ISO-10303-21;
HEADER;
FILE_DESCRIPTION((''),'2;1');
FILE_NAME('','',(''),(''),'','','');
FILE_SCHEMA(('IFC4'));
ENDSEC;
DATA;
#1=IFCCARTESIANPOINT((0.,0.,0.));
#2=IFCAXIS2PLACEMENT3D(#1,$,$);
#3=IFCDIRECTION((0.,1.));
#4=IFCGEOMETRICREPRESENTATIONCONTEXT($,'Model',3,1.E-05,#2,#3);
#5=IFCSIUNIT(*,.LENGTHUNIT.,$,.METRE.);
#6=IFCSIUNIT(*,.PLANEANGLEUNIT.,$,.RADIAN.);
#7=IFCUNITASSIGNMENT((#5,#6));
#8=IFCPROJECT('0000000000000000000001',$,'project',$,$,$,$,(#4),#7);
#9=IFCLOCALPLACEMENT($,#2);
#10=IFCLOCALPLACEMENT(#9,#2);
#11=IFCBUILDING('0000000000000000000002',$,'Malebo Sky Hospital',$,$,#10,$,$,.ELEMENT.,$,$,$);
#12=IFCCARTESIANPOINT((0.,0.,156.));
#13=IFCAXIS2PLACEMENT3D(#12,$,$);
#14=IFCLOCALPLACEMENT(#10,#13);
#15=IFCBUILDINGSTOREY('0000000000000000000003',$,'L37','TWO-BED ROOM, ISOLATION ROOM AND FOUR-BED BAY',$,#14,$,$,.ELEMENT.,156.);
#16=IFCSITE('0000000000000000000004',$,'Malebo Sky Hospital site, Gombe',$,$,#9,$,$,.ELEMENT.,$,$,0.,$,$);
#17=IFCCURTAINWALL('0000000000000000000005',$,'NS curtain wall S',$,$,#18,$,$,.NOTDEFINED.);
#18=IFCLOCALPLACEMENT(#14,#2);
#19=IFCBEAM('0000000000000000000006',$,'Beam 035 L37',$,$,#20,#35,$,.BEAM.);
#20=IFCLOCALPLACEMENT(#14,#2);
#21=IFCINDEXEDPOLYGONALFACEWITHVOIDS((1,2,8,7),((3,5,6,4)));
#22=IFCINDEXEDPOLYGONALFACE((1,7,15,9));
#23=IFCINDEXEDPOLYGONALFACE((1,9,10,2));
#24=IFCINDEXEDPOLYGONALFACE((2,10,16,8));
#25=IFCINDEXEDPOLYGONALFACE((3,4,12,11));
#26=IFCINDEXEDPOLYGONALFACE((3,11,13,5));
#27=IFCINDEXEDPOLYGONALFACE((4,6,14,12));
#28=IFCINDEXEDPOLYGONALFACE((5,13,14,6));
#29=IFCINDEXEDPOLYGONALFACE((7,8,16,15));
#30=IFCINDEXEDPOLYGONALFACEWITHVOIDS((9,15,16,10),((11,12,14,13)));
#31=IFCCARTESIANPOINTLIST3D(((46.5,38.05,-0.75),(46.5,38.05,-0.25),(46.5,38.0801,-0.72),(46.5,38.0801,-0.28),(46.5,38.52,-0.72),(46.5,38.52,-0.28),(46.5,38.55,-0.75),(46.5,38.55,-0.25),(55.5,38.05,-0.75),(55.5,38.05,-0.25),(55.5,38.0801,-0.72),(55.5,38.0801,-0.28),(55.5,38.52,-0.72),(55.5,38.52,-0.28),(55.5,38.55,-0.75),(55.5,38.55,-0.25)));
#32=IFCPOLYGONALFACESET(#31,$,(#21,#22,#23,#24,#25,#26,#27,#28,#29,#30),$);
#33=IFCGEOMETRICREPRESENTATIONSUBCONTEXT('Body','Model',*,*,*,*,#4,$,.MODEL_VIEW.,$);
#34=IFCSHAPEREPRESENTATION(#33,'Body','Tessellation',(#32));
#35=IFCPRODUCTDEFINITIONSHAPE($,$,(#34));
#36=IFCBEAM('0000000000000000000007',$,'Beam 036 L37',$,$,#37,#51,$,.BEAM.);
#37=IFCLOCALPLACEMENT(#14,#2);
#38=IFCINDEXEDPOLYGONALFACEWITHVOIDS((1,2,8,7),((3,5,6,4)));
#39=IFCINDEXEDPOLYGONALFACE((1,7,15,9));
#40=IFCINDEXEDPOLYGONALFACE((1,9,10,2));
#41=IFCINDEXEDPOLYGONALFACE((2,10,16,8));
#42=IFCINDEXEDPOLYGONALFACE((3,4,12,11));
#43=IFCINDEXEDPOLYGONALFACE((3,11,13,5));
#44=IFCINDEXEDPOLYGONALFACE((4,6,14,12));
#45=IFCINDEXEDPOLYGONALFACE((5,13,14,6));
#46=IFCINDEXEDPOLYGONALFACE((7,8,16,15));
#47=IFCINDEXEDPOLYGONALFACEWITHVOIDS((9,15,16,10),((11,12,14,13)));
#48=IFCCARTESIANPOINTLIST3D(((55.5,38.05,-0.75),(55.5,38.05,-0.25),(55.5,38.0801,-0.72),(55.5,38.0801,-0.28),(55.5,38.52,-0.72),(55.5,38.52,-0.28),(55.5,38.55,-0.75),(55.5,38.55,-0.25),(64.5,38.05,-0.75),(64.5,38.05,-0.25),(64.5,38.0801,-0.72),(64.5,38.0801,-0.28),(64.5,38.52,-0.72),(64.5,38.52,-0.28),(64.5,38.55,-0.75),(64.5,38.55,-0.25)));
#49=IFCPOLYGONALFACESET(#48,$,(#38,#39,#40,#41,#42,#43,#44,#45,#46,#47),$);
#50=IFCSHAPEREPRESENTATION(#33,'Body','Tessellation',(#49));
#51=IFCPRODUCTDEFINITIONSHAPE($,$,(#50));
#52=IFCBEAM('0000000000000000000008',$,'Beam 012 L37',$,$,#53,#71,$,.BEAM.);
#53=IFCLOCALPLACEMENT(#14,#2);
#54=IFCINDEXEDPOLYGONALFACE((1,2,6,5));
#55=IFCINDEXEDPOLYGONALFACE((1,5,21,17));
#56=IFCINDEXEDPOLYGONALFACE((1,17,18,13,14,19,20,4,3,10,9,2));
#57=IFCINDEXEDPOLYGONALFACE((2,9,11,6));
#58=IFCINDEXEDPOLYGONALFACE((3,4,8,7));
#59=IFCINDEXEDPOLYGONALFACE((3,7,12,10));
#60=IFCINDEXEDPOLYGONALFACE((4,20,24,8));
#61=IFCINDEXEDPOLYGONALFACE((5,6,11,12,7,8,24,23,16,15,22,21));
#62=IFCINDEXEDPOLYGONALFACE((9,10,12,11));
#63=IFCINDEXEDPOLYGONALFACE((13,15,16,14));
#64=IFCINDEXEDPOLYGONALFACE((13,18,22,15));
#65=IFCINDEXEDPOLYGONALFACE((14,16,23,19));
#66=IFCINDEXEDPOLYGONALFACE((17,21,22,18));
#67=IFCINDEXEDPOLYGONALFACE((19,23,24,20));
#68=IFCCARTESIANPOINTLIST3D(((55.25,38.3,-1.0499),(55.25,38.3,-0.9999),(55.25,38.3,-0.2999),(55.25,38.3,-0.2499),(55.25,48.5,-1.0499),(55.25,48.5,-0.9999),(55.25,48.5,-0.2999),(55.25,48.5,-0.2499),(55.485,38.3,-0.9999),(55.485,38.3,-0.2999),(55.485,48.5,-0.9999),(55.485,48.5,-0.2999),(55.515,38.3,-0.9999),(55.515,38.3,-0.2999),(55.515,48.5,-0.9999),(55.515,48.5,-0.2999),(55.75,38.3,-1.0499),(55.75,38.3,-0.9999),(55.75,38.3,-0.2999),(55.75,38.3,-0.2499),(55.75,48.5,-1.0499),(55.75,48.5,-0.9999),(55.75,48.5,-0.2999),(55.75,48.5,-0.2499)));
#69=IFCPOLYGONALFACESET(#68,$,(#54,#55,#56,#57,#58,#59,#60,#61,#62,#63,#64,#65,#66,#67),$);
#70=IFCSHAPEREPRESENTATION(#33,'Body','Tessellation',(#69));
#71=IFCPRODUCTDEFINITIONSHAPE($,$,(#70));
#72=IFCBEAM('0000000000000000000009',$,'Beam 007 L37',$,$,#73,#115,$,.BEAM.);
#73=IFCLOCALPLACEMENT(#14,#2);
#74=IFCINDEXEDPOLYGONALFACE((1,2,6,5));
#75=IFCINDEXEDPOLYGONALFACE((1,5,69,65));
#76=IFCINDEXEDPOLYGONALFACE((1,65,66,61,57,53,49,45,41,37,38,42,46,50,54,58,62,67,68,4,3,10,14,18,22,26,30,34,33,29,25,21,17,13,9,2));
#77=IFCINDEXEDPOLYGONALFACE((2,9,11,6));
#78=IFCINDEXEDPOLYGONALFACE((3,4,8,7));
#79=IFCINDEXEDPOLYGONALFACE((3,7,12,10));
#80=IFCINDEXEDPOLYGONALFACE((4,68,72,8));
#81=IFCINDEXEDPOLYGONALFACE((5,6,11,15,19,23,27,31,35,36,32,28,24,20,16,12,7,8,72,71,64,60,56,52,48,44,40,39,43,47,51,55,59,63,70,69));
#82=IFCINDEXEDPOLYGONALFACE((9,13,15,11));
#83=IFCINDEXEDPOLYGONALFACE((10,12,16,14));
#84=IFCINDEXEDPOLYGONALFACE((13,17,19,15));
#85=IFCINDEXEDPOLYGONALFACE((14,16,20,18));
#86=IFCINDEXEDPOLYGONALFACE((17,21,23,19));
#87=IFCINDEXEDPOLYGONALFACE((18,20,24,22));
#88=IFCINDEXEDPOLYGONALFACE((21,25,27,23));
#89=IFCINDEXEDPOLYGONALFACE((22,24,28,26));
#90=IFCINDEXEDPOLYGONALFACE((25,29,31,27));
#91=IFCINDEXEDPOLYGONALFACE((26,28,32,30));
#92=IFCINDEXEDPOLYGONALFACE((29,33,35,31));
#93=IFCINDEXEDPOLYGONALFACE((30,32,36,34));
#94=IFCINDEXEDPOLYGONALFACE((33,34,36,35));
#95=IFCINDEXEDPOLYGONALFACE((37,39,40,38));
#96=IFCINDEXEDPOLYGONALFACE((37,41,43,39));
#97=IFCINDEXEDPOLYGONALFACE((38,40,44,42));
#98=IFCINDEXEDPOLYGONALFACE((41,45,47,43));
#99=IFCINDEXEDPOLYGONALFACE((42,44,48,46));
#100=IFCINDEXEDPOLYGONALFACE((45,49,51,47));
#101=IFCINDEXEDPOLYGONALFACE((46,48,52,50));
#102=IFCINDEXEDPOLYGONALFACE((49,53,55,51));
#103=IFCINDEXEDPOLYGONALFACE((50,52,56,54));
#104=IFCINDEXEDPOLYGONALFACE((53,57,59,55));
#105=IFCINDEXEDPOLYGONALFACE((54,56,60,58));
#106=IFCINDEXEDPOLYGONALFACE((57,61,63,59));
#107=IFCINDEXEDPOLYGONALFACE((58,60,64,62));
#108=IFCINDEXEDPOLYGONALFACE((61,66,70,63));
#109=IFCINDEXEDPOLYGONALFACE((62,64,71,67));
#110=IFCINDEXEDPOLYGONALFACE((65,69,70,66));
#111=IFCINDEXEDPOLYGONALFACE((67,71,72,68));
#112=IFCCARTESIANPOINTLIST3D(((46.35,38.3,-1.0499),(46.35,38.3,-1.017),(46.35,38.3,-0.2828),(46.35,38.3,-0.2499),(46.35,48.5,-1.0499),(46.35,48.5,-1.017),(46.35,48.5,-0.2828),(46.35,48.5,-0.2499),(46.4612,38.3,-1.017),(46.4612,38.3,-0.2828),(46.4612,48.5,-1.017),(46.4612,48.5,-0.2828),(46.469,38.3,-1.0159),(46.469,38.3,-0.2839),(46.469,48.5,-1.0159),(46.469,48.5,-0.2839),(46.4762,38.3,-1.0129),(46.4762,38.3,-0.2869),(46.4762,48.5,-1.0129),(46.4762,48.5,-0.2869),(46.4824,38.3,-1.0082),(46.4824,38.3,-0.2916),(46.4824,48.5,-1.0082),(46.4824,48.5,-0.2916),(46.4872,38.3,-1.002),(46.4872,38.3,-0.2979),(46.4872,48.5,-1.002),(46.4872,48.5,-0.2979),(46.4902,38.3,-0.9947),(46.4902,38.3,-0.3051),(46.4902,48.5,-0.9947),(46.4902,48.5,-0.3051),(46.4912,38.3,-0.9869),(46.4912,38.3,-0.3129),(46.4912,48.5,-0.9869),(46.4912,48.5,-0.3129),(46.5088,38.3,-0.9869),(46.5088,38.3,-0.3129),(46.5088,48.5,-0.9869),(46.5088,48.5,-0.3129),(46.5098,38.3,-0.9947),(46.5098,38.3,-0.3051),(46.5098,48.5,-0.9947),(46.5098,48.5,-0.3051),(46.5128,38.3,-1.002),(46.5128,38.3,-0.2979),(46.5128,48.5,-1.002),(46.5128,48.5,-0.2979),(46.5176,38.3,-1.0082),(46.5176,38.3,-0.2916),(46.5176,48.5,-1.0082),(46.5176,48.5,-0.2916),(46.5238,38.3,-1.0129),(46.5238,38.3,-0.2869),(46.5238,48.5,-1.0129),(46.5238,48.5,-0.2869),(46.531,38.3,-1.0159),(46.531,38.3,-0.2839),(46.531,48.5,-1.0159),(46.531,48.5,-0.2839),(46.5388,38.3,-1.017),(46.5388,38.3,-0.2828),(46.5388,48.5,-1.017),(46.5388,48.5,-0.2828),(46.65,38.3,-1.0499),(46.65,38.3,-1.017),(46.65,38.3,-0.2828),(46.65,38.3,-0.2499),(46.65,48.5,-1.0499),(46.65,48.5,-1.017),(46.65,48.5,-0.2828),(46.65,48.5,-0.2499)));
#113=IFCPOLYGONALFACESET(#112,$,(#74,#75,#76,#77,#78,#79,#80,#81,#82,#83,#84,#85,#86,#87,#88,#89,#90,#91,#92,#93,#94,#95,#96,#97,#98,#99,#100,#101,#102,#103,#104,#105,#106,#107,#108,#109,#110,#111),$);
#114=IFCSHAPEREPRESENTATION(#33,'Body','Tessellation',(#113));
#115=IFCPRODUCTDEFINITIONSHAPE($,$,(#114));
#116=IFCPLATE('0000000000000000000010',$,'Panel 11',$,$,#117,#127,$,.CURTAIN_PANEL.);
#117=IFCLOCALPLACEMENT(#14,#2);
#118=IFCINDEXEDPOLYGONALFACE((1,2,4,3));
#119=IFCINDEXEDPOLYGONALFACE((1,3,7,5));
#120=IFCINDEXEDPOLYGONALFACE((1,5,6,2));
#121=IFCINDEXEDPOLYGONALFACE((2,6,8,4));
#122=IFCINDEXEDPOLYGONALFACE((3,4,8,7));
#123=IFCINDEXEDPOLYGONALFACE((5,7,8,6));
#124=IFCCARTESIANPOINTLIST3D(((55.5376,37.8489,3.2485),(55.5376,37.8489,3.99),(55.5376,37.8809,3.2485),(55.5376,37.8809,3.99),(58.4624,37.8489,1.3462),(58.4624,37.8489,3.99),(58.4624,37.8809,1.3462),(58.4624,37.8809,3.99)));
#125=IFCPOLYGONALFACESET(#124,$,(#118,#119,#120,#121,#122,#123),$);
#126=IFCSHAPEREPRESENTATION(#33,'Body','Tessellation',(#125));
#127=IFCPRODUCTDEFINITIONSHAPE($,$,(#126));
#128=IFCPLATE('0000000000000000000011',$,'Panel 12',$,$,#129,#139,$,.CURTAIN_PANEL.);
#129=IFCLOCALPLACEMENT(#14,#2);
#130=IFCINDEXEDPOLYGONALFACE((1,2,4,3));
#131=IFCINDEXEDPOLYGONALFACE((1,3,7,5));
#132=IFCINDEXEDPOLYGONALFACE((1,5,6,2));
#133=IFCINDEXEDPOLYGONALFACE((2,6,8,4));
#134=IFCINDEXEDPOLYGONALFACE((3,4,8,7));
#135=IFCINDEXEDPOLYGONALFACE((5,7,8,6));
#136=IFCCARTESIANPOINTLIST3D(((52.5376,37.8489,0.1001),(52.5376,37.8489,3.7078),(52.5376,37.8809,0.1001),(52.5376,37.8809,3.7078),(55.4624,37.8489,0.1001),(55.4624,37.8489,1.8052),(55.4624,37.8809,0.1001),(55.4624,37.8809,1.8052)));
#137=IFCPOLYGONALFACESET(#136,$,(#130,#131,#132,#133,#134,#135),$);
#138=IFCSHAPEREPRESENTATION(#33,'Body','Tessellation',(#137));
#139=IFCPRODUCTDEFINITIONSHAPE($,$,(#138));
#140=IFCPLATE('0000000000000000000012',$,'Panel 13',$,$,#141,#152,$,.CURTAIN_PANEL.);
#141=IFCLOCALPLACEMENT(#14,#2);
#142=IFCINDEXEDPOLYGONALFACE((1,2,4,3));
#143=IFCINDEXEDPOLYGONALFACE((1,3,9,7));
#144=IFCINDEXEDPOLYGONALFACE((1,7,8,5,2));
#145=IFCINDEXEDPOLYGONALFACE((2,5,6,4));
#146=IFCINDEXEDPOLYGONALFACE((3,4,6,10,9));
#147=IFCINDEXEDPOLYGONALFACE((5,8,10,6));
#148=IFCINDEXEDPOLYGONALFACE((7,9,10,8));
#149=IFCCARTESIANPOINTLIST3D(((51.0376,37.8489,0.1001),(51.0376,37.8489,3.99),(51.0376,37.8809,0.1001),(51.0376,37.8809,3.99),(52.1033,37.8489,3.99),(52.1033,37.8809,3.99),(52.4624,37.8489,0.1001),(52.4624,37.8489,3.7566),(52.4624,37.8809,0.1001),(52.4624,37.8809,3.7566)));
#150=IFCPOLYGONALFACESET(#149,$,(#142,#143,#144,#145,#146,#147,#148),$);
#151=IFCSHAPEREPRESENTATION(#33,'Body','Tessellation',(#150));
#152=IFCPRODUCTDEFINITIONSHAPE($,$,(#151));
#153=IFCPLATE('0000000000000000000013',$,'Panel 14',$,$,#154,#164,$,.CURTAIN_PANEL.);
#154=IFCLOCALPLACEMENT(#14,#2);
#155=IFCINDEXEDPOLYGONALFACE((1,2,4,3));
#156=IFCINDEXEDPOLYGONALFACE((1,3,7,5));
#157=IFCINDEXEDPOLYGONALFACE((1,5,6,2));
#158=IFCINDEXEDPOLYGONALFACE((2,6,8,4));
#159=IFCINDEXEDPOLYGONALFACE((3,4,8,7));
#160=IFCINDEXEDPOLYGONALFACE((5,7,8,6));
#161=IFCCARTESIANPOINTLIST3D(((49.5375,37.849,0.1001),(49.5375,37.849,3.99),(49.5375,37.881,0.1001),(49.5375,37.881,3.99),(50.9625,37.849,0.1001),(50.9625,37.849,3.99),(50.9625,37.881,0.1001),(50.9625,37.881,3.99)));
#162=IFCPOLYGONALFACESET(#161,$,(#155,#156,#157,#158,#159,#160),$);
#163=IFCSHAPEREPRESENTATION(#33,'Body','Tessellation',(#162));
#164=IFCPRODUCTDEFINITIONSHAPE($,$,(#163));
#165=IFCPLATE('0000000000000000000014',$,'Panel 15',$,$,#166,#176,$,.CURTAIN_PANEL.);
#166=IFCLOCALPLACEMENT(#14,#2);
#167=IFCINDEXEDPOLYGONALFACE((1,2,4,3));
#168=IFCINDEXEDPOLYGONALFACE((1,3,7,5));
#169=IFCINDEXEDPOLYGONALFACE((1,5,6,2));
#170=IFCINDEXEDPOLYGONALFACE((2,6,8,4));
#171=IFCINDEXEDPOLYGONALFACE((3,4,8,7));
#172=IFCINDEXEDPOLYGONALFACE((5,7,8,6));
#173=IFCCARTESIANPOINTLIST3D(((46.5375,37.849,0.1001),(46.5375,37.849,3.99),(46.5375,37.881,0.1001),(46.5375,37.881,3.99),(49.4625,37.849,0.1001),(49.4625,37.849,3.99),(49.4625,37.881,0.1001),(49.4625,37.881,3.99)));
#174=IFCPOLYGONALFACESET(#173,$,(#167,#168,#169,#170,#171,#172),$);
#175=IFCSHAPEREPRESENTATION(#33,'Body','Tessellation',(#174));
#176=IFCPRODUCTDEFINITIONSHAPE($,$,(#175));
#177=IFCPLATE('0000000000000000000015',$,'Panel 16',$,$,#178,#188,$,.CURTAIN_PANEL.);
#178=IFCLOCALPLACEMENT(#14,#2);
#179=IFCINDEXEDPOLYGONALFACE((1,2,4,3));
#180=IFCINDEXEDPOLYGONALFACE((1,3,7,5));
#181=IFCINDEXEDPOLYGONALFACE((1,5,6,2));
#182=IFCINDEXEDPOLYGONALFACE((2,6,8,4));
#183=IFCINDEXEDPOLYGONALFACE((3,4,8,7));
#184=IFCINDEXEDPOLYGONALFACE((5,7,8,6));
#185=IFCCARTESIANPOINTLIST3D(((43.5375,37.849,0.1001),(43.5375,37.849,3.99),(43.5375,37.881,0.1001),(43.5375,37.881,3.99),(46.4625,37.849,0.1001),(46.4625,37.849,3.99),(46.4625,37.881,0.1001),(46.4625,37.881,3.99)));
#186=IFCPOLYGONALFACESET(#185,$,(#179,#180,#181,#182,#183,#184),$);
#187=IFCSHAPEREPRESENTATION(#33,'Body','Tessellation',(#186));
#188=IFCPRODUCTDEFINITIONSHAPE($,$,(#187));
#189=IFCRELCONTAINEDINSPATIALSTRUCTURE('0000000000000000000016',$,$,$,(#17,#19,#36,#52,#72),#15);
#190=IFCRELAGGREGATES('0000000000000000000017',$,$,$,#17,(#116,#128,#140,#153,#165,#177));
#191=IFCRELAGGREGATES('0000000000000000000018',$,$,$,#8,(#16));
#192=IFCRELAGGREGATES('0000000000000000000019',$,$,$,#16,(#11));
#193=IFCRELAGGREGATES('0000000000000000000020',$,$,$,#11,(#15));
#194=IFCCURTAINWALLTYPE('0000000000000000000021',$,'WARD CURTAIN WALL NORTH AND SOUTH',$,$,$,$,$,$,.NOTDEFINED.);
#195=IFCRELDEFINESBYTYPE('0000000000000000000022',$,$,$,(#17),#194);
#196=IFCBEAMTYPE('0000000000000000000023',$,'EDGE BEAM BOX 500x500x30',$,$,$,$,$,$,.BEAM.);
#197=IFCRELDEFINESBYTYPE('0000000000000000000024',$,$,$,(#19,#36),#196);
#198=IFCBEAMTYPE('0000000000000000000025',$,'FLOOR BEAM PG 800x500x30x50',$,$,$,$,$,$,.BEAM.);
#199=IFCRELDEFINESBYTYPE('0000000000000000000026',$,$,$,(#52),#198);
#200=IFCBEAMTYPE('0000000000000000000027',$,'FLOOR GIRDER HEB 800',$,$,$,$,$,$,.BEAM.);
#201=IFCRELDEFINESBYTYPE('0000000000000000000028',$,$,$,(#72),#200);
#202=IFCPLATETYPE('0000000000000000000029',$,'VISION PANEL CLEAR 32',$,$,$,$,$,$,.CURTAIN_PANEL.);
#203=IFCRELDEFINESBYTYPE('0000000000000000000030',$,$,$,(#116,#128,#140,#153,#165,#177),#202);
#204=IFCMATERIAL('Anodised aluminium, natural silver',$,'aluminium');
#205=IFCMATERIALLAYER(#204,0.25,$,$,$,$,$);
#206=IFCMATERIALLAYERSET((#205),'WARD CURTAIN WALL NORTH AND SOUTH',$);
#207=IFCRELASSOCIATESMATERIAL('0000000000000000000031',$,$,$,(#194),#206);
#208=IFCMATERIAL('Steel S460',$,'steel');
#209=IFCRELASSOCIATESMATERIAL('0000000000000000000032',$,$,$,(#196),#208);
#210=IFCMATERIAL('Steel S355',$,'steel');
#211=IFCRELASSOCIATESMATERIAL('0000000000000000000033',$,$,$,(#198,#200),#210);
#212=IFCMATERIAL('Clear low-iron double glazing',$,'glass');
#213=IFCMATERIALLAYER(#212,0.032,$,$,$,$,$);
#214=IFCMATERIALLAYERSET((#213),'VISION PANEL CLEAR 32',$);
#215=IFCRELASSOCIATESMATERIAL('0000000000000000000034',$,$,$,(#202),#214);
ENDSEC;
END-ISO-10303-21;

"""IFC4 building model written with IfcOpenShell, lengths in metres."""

from ifc_helpers import new_model, si_unit, direction, frame, origin, origin_2d, place, context, subcontext, project, spatial, polyline, rectangle, hollow_rectangle, i_section, outline, extrude, material, layer, layer_set, material_profile, profile_set, type_object, element, aggregate, save


model = new_model("IFC4")

# Units and contexts
model_context = context("Model", 3, precision=1e-05, world=origin(), true_north=direction((0.0, 1.0)))
body_context = subcontext(model_context, "Body", "Model", "MODEL_VIEW")
ifc_project = project(units=[si_unit("LENGTHUNIT", "METRE"), si_unit("PLANEANGLEUNIT", "RADIAN")], contexts=[model_context])

# Site, building, storey
site_placement = place(None, origin())
site = spatial("IfcSite", under=ifc_project, at=site_placement, Name="Malebo Sky Hospital site, Gombe", CompositionType="ELEMENT", RefElevation=0.0)
building_placement = place(site_placement, origin())
building = spatial("IfcBuilding", under=site, at=building_placement, Name="Malebo Sky Hospital", CompositionType="ELEMENT")
storey_placement = place(building_placement, frame((0.0, 0.0, 156.0)))
storey = spatial("IfcBuildingStorey", under=building, at=storey_placement, Name="L37", Description="TWO-BED ROOM, ISOLATION ROOM AND FOUR-BED BAY", CompositionType="ELEMENT", Elevation=156.0)

# Shared definitions
ifc_material_1 = material(Name="Steel S460", Category="steel")

# Curtain wall
ifc_material_2 = material(Name="Anodised aluminium, natural silver", Category="aluminium")
ifc_layer_1 = layer(ifc_material_2, 0.25)
ifc_layer_set_1 = layer_set([ifc_layer_1], Name="WARD CURTAIN WALL NORTH AND SOUTH")
curtain_wall_type = type_object("IfcCurtainWallType", Name="WARD CURTAIN WALL NORTH AND SOUTH", PredefinedType="NOTDEFINED", material=ifc_layer_set_1)
curtain_wall_placement = place(storey_placement, origin())
curtain_wall = element("IfcCurtainWall", 1, at=curtain_wall_placement, inside=storey, type_object=curtain_wall_type, Name="NS curtain wall S", PredefinedType="NOTDEFINED")

# Beams
ifc_material_profile_1 = material_profile(ifc_material_1, hollow_rectangle(XDim=0.5, YDim=0.5, WallThickness=0.03, at=origin_2d()), Name="BOX 500x500x30")
ifc_profile_set_1 = profile_set([ifc_material_profile_1], Name="Steel S460")
beam_type_1 = type_object("IfcBeamType", Name="EDGE BEAM BOX 500x500x30", PredefinedType="BEAM", material=ifc_profile_set_1)
for number, where, z_axis, x_axis, name in (
    (2, (46.5, 38.3, -0.5), (1.0, 0.0, 0.0), (0.0, 1.0, 0.0), "Beam 035 L37"),
    (3, (55.5, 38.3, -0.5), (1.0, 0.0, 0.0), (0.0, 1.0, 0.0), "Beam 036 L37"),
):
    element("IfcBeam", number, at=place(storey_placement, frame(where, z_axis=z_axis, x_axis=x_axis)), inside=storey, type_object=beam_type_1, Name=name, PredefinedType="BEAM", context=body_context, shape_type="SweptSolid", body=[
        extrude(hollow_rectangle(XDim=0.5, YDim=0.5, WallThickness=0.03, at=origin_2d()), origin(), (0.0, 0.0, 1.0), 9.0),
    ])
ifc_material_3 = material(Name="Steel S355", Category="steel")
ifc_material_profile_2 = material_profile(ifc_material_3, i_section(OverallWidth=0.5, OverallDepth=0.8, WebThickness=0.03, FlangeThickness=0.05, at=origin_2d()), Name="PG 800x500x30x50")
ifc_profile_set_2 = profile_set([ifc_material_profile_2], Name="Steel S355")
beam_type_2 = type_object("IfcBeamType", Name="FLOOR BEAM PG 800x500x30x50", PredefinedType="BEAM", material=ifc_profile_set_2)
beam_1_placement = place(storey_placement, frame((55.5, 38.3, -0.6499), z_axis=(0.0, 1.0, 0.0), x_axis=(-1.0, 0.0, 0.0)))
element("IfcBeam", 4, at=beam_1_placement, inside=storey, type_object=beam_type_2, Name="Beam 012 L37", PredefinedType="BEAM", context=body_context, shape_type="SweptSolid", body=[
    extrude(i_section(OverallWidth=0.5, OverallDepth=0.8, WebThickness=0.03, FlangeThickness=0.05, at=origin_2d()), origin(), (0.0, 0.0, 1.0), 10.2),
])
ifc_material_profile_3 = material_profile(ifc_material_3, i_section(OverallWidth=0.3, OverallDepth=0.8, WebThickness=0.0176, FlangeThickness=0.033, FilletRadius=0.03, at=origin_2d()), Name="HEB 800")
ifc_profile_set_3 = profile_set([ifc_material_profile_3], Name="Steel S355")
beam_type_3 = type_object("IfcBeamType", Name="FLOOR GIRDER HEB 800", PredefinedType="BEAM", material=ifc_profile_set_3)
beam_2_placement = place(storey_placement, frame((46.5, 38.3, -0.6499), z_axis=(0.0, 1.0, 0.0), x_axis=(-1.0, 0.0, 0.0)))
element("IfcBeam", 5, at=beam_2_placement, inside=storey, type_object=beam_type_3, Name="Beam 007 L37", PredefinedType="BEAM", context=body_context, shape_type="SweptSolid", body=[
    extrude(i_section(OverallWidth=0.3, OverallDepth=0.8, WebThickness=0.0176, FlangeThickness=0.033, FilletRadius=0.03, at=origin_2d()), origin(), (0.0, 0.0, 1.0), 10.2),
])

# Plates
ifc_material_4 = material(Name="Clear low-iron double glazing", Category="glass")
ifc_layer_2 = layer(ifc_material_4, 0.032)
ifc_layer_set_2 = layer_set([ifc_layer_2], Name="VISION PANEL CLEAR 32")
plate_type = type_object("IfcPlateType", Name="VISION PANEL CLEAR 32", PredefinedType="CURTAIN_PANEL", material=ifc_layer_set_2)
plate_1_placement = place(storey_placement, frame((57.0, 37.865, 1.3462), z_axis=(0.0, 0.0, 1.0), x_axis=(-1.0, 0.0, 0.0)))
plate_1 = element("IfcPlate", 6, at=plate_1_placement, type_object=plate_type, Name="Panel 11", PredefinedType="CURTAIN_PANEL", context=body_context, shape_type="SweptSolid", body=[
    extrude(outline(polyline([(-1.4624, 0.0), (1.4624, 1.9023), (1.4624, 2.6438), (-1.4624, 2.6438), (-1.4624, 0.0)])), frame((0.0, 0.0161, 0.0), z_axis=(0.0, -1.0, 0.0), x_axis=(1.0, 0.0, 0.0)), (0.0, 0.0, 1.0), 0.032),
])
plate_2_placement = place(storey_placement, frame((54.0, 37.865, 0.1001), z_axis=(0.0, 0.0, 1.0), x_axis=(-1.0, 0.0, 0.0)))
plate_2 = element("IfcPlate", 7, at=plate_2_placement, type_object=plate_type, Name="Panel 12", PredefinedType="CURTAIN_PANEL", context=body_context, shape_type="SweptSolid", body=[
    extrude(outline(polyline([(-1.4624, 0.0), (1.4624, 0.0), (1.4624, 3.6077), (-1.4624, 1.7051), (-1.4624, 0.0)])), frame((0.0, 0.0161, 0.0), z_axis=(0.0, -1.0, 0.0), x_axis=(1.0, 0.0, 0.0)), (0.0, 0.0, 1.0), 0.032),
])
plate_3_placement = place(storey_placement, frame((51.75, 37.865, 0.1001), z_axis=(0.0, 0.0, 1.0), x_axis=(-1.0, 0.0, 0.0)))
plate_3 = element("IfcPlate", 8, at=plate_3_placement, type_object=plate_type, Name="Panel 13", PredefinedType="CURTAIN_PANEL", context=body_context, shape_type="SweptSolid", body=[
    extrude(outline(polyline([(-0.7124, 0.0), (0.7124, 0.0), (0.7124, 3.8899), (-0.3533, 3.8899), (-0.7124, 3.6565), (-0.7124, 0.0)])), frame((0.0, 0.0161, 0.0), z_axis=(0.0, -1.0, 0.0), x_axis=(1.0, 0.0, 0.0)), (0.0, 0.0, 1.0), 0.032),
])
plate_4_placement = place(storey_placement, frame((50.25, 37.865, 0.1001), z_axis=(0.0, 0.0, 1.0), x_axis=(-1.0, 0.0, 0.0)))
plate_4 = element("IfcPlate", 9, at=plate_4_placement, type_object=plate_type, Name="Panel 14", PredefinedType="CURTAIN_PANEL", context=body_context, shape_type="SweptSolid", body=[
    extrude(rectangle(XDim=1.425, YDim=0.032, at=origin_2d()), origin(), (0.0, 0.0, 1.0), 3.8899),
])
plate_5_placement = place(storey_placement, frame((48.0, 37.865, 0.1001), z_axis=(0.0, 0.0, 1.0), x_axis=(-1.0, 0.0, 0.0)))
plate_5 = element("IfcPlate", 10, at=plate_5_placement, type_object=plate_type, Name="Panel 15", PredefinedType="CURTAIN_PANEL", context=body_context, shape_type="SweptSolid", body=[
    extrude(rectangle(XDim=2.925, YDim=0.032, at=origin_2d()), origin(), (0.0, 0.0, 1.0), 3.8899),
])
plate_6_placement = place(storey_placement, frame((45.0, 37.865, 0.1001), z_axis=(0.0, 0.0, 1.0), x_axis=(-1.0, 0.0, 0.0)))
plate_6 = element("IfcPlate", 11, at=plate_6_placement, type_object=plate_type, Name="Panel 16", PredefinedType="CURTAIN_PANEL", context=body_context, shape_type="SweptSolid", body=[
    extrude(rectangle(XDim=2.925, YDim=0.032, at=origin_2d()), origin(), (0.0, 0.0, 1.0), 3.8899),
])
aggregate(curtain_wall, [plate_1, plate_2, plate_3, plate_4, plate_5, plate_6])

save(model, "model.ifc")
